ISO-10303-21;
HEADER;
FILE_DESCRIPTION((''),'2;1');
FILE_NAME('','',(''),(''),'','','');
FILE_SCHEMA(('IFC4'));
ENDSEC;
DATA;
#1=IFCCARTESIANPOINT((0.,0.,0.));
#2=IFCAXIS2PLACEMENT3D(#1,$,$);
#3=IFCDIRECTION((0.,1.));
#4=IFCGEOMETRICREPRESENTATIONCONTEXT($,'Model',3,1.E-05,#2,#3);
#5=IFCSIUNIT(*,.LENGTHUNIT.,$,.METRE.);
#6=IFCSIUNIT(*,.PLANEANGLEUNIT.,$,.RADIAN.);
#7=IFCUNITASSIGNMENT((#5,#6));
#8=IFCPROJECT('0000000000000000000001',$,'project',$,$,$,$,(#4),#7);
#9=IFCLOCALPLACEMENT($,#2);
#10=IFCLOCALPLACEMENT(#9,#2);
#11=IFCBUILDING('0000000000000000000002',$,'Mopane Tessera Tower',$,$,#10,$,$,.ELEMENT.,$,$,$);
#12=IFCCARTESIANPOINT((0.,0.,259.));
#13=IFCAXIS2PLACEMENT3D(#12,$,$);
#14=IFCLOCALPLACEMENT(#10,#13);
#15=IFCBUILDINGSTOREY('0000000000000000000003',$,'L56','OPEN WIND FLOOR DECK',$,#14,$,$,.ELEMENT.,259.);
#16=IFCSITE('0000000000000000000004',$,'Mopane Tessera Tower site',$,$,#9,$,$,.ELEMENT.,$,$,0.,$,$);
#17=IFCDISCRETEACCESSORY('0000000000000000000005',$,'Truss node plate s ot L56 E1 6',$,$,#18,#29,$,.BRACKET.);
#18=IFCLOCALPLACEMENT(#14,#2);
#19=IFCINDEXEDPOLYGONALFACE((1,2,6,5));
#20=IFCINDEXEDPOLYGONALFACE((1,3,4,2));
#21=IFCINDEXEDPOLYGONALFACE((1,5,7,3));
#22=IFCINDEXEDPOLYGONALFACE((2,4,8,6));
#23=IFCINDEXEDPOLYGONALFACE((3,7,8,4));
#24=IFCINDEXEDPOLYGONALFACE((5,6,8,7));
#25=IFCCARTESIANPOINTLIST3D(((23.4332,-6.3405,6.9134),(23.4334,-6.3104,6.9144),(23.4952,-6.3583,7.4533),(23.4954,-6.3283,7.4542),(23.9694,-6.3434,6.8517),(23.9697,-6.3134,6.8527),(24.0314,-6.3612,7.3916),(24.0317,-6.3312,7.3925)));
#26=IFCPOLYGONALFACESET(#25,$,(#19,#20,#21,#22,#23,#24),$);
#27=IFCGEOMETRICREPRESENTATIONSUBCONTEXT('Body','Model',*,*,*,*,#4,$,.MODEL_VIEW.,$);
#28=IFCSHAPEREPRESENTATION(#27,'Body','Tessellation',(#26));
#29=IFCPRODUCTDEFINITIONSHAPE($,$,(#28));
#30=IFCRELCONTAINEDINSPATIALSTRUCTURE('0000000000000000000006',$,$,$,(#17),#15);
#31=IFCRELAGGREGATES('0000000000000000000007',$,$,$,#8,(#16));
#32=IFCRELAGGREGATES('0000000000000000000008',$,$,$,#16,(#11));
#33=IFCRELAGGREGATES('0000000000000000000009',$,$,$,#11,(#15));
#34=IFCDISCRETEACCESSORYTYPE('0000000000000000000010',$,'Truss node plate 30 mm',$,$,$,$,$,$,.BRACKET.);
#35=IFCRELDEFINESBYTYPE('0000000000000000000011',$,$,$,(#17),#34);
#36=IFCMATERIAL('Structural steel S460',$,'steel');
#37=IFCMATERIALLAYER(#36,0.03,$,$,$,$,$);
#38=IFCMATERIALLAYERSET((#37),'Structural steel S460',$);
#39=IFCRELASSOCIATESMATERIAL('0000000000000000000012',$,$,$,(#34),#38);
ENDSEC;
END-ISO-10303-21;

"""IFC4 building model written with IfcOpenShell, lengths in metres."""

from ifc_helpers import new_model, si_unit, direction, frame, origin, origin_2d, place, context, subcontext, project, spatial, rectangle, extrude, material, layer, layer_set, type_object, element, save


model = new_model("IFC4")

# Units and contexts
model_context = context("Model", 3, precision=1e-05, world=origin(), true_north=direction((0.0, 1.0)))
body_context = subcontext(model_context, "Body", "Model", "MODEL_VIEW")
ifc_project = project(units=[si_unit("LENGTHUNIT", "METRE"), si_unit("PLANEANGLEUNIT", "RADIAN")], contexts=[model_context])

# Site, building, storey
site_placement = place(None, origin())
site = spatial("IfcSite", under=ifc_project, at=site_placement, Name="Mopane Tessera Tower site", CompositionType="ELEMENT", RefElevation=0.0)
building_placement = place(site_placement, origin())
building = spatial("IfcBuilding", under=site, at=building_placement, Name="Mopane Tessera Tower", CompositionType="ELEMENT")
storey_placement = place(building_placement, frame((0.0, 0.0, 259.0)))
storey = spatial("IfcBuildingStorey", under=building, at=storey_placement, Name="L56", Description="OPEN WIND FLOOR DECK", CompositionType="ELEMENT", Elevation=259.0)

# Discrete accessory
ifc_material_1 = material(Name="Structural steel S460", Category="steel")
ifc_layer_1 = layer(ifc_material_1, 0.03)
ifc_layer_set_1 = layer_set([ifc_layer_1], Name="Structural steel S460")
discrete_accessory_type_1 = type_object("IfcDiscreteAccessoryType", Name="Truss node plate 30 mm", PredefinedType="BRACKET", material=ifc_layer_set_1)
discrete_accessory_1_placement = place(storey_placement, frame((23.7014, -6.3269, 6.8831), z_axis=(0.114068, -0.032783, 0.992932), x_axis=(0.009092, 0.999448, 0.031954)))
element("IfcDiscreteAccessory", 1, at=discrete_accessory_1_placement, inside=storey, type_object=discrete_accessory_type_1, Name="Truss node plate s ot L56 E1 6", PredefinedType="BRACKET", context=body_context, shape_type="SweptSolid", body=[
    extrude(rectangle(XDim=0.03, YDim=0.5398, at=origin_2d()), origin(), (0.0, 0.0, 1.0), 0.5437),
])

save(model, "model.ifc")
